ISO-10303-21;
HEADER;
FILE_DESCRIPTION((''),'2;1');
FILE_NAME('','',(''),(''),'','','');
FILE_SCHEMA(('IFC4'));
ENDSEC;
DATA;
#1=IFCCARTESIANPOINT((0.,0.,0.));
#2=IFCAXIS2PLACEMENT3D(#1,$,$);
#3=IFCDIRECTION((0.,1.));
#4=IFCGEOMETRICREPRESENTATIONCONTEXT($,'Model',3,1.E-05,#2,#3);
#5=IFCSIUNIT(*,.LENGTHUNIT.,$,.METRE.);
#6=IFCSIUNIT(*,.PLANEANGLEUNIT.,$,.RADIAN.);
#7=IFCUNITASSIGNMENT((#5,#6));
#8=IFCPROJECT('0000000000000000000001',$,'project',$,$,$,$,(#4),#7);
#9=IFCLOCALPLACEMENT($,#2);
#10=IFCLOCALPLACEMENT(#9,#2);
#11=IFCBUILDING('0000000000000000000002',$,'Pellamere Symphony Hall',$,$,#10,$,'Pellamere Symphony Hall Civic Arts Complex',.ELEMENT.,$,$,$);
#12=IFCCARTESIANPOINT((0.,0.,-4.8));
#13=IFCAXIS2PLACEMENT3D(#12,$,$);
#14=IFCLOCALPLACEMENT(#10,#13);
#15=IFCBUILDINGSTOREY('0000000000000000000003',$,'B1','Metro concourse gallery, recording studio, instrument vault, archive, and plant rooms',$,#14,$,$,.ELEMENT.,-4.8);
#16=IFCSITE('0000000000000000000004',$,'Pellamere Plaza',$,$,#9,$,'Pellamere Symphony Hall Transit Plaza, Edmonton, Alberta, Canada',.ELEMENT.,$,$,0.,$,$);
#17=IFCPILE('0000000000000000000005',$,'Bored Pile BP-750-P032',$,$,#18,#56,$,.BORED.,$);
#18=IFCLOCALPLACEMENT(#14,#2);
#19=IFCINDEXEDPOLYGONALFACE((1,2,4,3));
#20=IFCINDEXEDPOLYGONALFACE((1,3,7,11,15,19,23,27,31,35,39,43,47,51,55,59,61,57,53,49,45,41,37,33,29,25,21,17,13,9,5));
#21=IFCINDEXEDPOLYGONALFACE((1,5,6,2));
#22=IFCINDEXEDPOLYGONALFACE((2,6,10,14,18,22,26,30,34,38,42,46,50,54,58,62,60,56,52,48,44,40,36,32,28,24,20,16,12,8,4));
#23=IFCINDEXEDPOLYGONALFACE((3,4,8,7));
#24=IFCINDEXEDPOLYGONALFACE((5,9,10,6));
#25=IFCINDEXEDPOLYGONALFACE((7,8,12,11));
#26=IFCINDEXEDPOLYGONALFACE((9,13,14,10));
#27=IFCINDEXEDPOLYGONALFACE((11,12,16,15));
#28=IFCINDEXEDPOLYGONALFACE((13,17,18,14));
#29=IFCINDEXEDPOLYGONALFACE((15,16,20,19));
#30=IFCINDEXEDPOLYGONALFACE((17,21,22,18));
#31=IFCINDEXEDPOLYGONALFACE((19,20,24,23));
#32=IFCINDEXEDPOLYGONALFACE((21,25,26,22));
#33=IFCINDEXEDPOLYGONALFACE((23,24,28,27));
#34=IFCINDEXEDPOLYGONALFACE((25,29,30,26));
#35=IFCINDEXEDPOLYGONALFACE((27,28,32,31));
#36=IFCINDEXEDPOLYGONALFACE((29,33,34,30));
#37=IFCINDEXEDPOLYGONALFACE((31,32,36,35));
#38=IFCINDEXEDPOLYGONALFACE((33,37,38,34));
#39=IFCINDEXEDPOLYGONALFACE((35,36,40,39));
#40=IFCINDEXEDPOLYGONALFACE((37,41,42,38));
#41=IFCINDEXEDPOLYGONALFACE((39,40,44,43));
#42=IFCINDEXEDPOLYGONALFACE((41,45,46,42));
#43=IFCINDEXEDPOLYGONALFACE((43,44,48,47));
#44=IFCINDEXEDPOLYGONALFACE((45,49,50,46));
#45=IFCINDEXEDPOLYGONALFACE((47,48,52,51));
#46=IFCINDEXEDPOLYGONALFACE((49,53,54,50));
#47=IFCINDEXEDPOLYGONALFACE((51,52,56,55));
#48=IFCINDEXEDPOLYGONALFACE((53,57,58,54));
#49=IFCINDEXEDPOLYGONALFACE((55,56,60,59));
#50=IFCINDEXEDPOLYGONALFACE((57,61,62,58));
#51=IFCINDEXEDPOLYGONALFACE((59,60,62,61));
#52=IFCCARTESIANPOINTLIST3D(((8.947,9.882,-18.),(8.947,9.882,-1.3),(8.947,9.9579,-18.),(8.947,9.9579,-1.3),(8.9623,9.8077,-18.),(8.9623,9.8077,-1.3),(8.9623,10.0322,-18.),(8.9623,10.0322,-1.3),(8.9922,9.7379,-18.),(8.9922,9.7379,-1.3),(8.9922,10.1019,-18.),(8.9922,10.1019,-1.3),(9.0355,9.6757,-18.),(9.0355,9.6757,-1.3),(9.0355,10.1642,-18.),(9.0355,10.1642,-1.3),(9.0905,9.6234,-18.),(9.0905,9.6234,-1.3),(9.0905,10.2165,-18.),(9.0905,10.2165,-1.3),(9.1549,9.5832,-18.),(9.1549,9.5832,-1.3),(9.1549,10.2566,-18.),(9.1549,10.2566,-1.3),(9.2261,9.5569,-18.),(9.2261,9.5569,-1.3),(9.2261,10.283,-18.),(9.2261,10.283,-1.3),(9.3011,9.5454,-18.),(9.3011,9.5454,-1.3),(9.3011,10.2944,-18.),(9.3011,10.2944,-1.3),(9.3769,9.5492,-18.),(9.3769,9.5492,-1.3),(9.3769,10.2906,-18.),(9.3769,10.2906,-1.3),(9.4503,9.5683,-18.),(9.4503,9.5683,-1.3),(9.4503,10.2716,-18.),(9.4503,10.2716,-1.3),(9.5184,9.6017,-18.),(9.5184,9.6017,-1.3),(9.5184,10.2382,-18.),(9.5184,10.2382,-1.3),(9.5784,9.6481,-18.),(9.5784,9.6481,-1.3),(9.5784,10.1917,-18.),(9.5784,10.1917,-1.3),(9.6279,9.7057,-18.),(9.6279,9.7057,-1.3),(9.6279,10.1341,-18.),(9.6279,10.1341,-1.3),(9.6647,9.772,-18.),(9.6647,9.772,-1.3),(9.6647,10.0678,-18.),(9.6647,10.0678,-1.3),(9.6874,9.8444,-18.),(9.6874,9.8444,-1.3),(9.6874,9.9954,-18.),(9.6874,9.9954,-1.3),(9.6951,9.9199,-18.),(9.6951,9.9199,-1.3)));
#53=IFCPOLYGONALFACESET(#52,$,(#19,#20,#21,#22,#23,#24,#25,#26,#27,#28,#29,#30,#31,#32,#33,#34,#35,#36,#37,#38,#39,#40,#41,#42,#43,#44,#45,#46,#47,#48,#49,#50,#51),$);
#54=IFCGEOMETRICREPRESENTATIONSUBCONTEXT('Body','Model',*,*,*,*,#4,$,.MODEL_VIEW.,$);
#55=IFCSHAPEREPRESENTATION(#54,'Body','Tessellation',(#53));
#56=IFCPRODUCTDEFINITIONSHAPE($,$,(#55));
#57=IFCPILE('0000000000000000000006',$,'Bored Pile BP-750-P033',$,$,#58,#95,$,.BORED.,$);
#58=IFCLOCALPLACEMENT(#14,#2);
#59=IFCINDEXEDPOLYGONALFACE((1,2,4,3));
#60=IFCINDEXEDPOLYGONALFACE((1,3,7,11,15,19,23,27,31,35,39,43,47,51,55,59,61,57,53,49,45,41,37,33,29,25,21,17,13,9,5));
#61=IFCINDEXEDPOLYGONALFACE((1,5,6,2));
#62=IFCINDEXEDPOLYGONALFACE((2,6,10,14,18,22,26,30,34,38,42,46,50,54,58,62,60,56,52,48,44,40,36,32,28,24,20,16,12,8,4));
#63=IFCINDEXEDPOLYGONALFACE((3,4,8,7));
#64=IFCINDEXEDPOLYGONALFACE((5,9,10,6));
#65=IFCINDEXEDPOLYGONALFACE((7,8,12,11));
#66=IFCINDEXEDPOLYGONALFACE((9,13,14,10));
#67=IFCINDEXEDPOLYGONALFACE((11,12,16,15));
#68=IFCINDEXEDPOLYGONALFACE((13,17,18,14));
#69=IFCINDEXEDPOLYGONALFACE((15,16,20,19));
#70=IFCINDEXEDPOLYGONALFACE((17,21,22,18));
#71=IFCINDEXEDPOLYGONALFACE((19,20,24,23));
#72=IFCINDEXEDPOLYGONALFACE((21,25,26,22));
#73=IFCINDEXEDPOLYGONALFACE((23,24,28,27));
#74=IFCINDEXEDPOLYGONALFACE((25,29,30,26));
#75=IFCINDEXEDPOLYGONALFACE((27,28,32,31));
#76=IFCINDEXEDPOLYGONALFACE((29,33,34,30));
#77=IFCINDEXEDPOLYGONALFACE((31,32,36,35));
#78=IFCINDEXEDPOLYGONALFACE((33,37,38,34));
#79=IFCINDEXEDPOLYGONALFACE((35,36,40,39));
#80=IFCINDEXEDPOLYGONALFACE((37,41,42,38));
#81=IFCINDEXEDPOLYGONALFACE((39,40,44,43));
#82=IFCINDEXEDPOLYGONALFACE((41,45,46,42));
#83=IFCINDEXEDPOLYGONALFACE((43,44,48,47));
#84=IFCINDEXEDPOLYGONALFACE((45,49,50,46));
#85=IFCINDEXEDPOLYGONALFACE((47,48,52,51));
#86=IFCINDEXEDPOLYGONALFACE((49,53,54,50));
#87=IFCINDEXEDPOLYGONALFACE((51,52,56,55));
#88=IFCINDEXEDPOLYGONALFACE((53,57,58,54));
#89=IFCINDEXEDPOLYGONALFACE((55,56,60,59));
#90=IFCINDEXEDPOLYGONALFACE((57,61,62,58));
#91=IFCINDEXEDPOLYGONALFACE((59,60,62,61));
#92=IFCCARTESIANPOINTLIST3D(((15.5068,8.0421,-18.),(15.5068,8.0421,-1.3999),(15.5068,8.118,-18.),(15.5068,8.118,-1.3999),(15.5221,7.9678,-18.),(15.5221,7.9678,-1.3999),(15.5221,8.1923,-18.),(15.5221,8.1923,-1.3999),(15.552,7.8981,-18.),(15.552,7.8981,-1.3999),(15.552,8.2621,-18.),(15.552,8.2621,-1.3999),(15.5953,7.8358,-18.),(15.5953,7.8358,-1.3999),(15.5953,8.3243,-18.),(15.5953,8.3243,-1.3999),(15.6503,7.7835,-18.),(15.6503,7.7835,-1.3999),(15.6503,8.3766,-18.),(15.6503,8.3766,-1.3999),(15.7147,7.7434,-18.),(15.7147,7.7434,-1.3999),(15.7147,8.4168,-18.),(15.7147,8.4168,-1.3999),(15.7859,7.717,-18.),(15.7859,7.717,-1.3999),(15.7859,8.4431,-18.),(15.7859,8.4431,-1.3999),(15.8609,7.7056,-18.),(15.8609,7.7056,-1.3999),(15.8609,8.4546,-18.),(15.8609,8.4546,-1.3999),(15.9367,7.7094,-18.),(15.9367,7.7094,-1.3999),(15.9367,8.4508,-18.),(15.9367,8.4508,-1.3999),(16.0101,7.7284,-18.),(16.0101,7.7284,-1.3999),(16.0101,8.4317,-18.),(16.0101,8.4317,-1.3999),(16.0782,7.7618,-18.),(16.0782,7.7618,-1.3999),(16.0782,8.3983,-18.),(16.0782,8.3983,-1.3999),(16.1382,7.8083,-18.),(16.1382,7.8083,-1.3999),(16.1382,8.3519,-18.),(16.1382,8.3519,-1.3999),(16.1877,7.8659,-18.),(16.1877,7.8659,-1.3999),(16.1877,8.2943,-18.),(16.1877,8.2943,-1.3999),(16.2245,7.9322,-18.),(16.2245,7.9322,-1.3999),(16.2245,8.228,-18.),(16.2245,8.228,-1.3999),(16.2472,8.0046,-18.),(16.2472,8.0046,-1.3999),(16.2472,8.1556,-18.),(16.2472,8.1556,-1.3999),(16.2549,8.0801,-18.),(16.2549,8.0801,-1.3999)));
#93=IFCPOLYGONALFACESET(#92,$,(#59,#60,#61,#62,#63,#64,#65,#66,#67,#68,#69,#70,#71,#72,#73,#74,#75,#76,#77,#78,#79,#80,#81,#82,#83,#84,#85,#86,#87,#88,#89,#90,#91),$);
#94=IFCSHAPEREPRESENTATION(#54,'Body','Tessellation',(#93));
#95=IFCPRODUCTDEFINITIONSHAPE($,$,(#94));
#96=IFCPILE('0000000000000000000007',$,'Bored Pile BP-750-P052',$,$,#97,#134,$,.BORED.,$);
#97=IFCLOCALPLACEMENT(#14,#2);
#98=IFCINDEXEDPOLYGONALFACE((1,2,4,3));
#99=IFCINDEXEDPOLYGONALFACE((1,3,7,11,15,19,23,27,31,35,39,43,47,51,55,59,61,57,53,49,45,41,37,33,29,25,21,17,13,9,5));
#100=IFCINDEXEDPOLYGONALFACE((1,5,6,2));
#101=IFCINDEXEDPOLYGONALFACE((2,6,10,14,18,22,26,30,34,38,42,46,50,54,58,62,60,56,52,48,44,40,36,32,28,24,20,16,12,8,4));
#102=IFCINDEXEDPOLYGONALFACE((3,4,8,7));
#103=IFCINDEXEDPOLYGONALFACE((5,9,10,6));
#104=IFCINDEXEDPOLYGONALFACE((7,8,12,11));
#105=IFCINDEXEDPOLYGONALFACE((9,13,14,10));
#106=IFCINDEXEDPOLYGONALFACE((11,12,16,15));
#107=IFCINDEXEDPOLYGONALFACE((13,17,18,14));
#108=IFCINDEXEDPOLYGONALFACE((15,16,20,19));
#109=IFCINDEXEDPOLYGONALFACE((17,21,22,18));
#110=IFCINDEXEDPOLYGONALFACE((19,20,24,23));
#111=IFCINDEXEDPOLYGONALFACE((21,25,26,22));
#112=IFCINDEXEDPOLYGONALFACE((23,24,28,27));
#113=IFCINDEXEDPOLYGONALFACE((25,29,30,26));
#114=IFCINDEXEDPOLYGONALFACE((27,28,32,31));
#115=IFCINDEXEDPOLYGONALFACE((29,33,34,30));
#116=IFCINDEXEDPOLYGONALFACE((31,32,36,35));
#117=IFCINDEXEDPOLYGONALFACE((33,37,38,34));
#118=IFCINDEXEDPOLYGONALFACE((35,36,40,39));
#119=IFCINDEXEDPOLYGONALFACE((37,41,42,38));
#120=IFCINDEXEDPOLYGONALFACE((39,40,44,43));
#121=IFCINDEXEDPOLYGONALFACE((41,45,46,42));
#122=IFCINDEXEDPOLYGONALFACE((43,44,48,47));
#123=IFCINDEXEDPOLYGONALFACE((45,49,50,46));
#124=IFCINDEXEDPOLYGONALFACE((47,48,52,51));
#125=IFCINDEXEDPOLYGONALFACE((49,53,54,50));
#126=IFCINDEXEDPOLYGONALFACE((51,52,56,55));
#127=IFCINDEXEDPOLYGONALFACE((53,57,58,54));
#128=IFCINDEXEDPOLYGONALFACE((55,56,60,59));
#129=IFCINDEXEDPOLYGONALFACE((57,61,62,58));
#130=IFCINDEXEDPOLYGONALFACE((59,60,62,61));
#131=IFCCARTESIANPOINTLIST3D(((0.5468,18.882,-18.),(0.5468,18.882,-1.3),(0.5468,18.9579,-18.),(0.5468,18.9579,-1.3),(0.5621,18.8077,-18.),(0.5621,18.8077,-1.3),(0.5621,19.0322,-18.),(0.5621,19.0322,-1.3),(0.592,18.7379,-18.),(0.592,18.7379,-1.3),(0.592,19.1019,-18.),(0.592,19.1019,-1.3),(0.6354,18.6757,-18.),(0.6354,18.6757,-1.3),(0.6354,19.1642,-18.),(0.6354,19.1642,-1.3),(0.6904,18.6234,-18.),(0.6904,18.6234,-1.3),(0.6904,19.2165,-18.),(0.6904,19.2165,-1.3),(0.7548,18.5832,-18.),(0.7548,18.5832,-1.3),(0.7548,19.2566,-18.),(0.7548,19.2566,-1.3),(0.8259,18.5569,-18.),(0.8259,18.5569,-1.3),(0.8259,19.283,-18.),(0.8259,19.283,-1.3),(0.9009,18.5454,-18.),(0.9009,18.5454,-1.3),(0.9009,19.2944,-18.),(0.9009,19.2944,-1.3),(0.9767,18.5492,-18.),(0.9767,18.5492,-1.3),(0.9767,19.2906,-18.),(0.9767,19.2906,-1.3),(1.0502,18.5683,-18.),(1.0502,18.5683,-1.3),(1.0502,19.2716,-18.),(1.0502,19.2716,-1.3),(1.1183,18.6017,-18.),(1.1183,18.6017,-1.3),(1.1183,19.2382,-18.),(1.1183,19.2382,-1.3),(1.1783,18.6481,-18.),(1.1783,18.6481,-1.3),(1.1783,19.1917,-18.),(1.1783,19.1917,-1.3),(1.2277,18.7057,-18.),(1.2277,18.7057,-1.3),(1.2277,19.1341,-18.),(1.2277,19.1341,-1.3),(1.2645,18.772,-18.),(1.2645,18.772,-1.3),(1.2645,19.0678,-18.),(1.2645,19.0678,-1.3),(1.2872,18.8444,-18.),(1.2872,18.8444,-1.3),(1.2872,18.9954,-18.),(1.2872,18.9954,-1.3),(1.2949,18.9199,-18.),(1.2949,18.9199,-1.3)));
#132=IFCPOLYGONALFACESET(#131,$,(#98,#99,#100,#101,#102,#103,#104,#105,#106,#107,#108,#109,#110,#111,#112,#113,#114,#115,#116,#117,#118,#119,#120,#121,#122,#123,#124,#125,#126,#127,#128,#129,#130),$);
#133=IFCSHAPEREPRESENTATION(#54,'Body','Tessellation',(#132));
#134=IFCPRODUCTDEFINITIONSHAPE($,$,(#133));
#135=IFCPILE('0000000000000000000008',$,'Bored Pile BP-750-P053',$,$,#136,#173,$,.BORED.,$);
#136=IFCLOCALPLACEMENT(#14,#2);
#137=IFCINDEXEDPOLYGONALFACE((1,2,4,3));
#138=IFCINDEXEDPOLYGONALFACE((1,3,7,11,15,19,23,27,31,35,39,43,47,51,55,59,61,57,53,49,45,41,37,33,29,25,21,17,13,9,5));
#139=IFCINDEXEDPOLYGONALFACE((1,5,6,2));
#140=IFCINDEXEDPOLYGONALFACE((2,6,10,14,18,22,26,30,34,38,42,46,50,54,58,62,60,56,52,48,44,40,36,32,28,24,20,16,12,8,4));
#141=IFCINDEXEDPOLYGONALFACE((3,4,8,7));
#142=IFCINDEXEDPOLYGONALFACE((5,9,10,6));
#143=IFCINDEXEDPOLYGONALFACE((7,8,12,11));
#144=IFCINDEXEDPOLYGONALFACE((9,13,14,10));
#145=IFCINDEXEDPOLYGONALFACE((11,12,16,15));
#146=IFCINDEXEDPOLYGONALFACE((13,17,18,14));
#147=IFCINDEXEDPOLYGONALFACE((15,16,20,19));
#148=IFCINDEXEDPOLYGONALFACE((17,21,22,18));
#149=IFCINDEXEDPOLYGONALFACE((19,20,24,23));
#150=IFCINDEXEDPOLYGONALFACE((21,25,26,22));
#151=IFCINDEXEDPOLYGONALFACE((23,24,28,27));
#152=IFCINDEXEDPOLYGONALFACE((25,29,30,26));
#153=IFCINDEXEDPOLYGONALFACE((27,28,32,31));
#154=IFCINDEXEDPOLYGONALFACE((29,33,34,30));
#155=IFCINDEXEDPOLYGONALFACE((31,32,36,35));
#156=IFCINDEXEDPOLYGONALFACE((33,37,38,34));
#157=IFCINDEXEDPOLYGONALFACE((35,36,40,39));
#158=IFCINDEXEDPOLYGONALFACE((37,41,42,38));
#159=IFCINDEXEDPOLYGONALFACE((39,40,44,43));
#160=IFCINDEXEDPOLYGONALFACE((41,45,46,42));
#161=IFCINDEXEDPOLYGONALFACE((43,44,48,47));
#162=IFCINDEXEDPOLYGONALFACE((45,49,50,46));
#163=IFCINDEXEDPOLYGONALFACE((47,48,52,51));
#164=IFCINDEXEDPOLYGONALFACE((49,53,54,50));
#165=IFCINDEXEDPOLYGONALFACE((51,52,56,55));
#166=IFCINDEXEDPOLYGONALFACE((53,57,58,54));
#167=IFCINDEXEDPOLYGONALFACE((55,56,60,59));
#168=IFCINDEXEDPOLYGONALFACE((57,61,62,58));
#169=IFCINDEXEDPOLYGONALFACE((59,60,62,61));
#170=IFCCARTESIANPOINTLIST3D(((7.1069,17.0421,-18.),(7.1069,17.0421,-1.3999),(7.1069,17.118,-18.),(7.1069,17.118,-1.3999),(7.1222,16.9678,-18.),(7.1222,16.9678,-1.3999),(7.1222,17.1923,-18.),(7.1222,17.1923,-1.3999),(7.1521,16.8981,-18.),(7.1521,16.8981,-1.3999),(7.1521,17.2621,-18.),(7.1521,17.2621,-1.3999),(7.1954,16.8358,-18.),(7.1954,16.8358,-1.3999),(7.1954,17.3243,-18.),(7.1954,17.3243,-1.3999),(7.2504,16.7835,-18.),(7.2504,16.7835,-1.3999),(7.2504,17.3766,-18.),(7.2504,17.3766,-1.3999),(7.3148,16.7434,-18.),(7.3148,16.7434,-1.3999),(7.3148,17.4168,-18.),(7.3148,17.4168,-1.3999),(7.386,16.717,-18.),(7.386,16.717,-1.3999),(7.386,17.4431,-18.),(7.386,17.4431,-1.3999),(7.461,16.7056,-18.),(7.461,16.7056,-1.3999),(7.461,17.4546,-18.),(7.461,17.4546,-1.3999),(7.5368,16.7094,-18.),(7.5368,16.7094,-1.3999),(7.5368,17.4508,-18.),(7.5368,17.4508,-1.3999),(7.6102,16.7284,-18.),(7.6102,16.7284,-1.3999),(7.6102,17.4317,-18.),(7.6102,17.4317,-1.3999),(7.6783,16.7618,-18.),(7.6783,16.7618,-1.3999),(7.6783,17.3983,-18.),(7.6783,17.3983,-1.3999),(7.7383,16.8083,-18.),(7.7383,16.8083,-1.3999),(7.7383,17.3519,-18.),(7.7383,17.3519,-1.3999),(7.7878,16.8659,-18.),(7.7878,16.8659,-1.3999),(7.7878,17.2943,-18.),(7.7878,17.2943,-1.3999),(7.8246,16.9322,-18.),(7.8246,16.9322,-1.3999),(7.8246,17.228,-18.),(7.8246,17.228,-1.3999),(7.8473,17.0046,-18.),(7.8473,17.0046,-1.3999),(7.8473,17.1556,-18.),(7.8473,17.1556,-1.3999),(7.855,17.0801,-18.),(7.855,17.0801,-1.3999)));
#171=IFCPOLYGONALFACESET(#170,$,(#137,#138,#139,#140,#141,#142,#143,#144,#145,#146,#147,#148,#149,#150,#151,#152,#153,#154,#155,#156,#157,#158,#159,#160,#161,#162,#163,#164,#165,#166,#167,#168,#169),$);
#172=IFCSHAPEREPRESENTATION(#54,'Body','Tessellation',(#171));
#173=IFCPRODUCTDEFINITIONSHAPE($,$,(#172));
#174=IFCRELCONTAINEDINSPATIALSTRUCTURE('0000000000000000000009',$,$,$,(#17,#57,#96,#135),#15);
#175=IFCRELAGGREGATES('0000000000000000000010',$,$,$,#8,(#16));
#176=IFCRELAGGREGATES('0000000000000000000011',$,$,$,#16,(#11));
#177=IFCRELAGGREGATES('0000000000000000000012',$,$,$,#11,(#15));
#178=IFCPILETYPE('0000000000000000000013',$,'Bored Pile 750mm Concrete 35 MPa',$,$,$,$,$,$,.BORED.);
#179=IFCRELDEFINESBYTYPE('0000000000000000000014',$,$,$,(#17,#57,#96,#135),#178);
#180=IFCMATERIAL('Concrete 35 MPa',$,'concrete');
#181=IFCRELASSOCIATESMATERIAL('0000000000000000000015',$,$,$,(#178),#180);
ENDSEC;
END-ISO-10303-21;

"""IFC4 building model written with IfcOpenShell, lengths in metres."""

from ifc_helpers import new_model, si_unit, direction, frame, origin, origin_2d, place, context, subcontext, project, spatial, circle, extrude, material, material_profile, profile_set, type_object, element, save


model = new_model("IFC4")

# Units and contexts
model_context = context("Model", 3, precision=1e-05, world=origin(), true_north=direction((0.0, 1.0)))
body_context = subcontext(model_context, "Body", "Model", "MODEL_VIEW")
ifc_project = project(units=[si_unit("LENGTHUNIT", "METRE"), si_unit("PLANEANGLEUNIT", "RADIAN")], contexts=[model_context])

# Site, building, storey
site_placement = place(None, origin())
site = spatial("IfcSite", under=ifc_project, at=site_placement, Name="Pellamere Plaza", LongName="Pellamere Symphony Hall Transit Plaza, Edmonton, Alberta, Canada", CompositionType="ELEMENT", RefElevation=0.0)
building_placement = place(site_placement, origin())
building = spatial("IfcBuilding", under=site, at=building_placement, Name="Pellamere Symphony Hall", LongName="Pellamere Symphony Hall Civic Arts Complex", CompositionType="ELEMENT")
storey_placement = place(building_placement, frame((0.0, 0.0, -4.8)))
storey = spatial("IfcBuildingStorey", under=building, at=storey_placement, Name="B1", Description="Metro concourse gallery, recording studio, instrument vault, archive, and plant rooms", CompositionType="ELEMENT", Elevation=-4.8)

# Piles
ifc_material_1 = material(Name="Concrete 35 MPa", Category="concrete")
ifc_material_profile_1 = material_profile(ifc_material_1, circle(Radius=0.375, at=origin_2d()), Name="PILE D750")
ifc_profile_set_1 = profile_set([ifc_material_profile_1], Name="Concrete 35 MPa")
pile_type = type_object("IfcPileType", Name="Bored Pile 750mm Concrete 35 MPa", PredefinedType="BORED", material=ifc_profile_set_1)
for number, where, z_axis, x_axis, name in (
    (1, (9.3201, 9.9199, -1.3), (0.0, 0.0, -1.0), (1.0, 0.0, 0.0), "Bored Pile BP-750-P032"),
):
    element("IfcPile", number, at=place(storey_placement, frame(where, z_axis=z_axis, x_axis=x_axis)), inside=storey, type_object=pile_type, Name=name, PredefinedType="BORED", context=body_context, shape_type="SweptSolid", body=[
        extrude(circle(Radius=0.375, at=origin_2d()), origin(), (0.0, 0.0, 1.0), 16.7),
    ])
pile_1_placement = place(storey_placement, frame((15.8799, 8.0801, -1.3999), z_axis=(0.0, 0.0, -1.0), x_axis=(1.0, 0.0, 0.0)))
element("IfcPile", 2, at=pile_1_placement, inside=storey, type_object=pile_type, Name="Bored Pile BP-750-P033", PredefinedType="BORED", context=body_context, shape_type="SweptSolid", body=[
    extrude(circle(Radius=0.375, at=origin_2d()), origin(), (0.0, 0.0, 1.0), 16.6001),
])
pile_2_placement = place(storey_placement, frame((0.9199, 18.9199, -1.3), z_axis=(0.0, 0.0, -1.0), x_axis=(1.0, 0.0, 0.0)))
element("IfcPile", 3, at=pile_2_placement, inside=storey, type_object=pile_type, Name="Bored Pile BP-750-P052", PredefinedType="BORED", context=body_context, shape_type="SweptSolid", body=[
    extrude(circle(Radius=0.375, at=origin_2d()), origin(), (0.0, 0.0, 1.0), 16.7),
])
for number, where, z_axis, x_axis, name in (
    (4, (7.48, 17.0801, -1.3999), (0.0, 0.0, -1.0), (1.0, 0.0, 0.0), "Bored Pile BP-750-P053"),
):
    element("IfcPile", number, at=place(storey_placement, frame(where, z_axis=z_axis, x_axis=x_axis)), inside=storey, type_object=pile_type, Name=name, PredefinedType="BORED", context=body_context, shape_type="SweptSolid", body=[
        extrude(circle(Radius=0.375, at=origin_2d()), origin(), (0.0, 0.0, 1.0), 16.6001),
    ])

save(model, "model.ifc")
